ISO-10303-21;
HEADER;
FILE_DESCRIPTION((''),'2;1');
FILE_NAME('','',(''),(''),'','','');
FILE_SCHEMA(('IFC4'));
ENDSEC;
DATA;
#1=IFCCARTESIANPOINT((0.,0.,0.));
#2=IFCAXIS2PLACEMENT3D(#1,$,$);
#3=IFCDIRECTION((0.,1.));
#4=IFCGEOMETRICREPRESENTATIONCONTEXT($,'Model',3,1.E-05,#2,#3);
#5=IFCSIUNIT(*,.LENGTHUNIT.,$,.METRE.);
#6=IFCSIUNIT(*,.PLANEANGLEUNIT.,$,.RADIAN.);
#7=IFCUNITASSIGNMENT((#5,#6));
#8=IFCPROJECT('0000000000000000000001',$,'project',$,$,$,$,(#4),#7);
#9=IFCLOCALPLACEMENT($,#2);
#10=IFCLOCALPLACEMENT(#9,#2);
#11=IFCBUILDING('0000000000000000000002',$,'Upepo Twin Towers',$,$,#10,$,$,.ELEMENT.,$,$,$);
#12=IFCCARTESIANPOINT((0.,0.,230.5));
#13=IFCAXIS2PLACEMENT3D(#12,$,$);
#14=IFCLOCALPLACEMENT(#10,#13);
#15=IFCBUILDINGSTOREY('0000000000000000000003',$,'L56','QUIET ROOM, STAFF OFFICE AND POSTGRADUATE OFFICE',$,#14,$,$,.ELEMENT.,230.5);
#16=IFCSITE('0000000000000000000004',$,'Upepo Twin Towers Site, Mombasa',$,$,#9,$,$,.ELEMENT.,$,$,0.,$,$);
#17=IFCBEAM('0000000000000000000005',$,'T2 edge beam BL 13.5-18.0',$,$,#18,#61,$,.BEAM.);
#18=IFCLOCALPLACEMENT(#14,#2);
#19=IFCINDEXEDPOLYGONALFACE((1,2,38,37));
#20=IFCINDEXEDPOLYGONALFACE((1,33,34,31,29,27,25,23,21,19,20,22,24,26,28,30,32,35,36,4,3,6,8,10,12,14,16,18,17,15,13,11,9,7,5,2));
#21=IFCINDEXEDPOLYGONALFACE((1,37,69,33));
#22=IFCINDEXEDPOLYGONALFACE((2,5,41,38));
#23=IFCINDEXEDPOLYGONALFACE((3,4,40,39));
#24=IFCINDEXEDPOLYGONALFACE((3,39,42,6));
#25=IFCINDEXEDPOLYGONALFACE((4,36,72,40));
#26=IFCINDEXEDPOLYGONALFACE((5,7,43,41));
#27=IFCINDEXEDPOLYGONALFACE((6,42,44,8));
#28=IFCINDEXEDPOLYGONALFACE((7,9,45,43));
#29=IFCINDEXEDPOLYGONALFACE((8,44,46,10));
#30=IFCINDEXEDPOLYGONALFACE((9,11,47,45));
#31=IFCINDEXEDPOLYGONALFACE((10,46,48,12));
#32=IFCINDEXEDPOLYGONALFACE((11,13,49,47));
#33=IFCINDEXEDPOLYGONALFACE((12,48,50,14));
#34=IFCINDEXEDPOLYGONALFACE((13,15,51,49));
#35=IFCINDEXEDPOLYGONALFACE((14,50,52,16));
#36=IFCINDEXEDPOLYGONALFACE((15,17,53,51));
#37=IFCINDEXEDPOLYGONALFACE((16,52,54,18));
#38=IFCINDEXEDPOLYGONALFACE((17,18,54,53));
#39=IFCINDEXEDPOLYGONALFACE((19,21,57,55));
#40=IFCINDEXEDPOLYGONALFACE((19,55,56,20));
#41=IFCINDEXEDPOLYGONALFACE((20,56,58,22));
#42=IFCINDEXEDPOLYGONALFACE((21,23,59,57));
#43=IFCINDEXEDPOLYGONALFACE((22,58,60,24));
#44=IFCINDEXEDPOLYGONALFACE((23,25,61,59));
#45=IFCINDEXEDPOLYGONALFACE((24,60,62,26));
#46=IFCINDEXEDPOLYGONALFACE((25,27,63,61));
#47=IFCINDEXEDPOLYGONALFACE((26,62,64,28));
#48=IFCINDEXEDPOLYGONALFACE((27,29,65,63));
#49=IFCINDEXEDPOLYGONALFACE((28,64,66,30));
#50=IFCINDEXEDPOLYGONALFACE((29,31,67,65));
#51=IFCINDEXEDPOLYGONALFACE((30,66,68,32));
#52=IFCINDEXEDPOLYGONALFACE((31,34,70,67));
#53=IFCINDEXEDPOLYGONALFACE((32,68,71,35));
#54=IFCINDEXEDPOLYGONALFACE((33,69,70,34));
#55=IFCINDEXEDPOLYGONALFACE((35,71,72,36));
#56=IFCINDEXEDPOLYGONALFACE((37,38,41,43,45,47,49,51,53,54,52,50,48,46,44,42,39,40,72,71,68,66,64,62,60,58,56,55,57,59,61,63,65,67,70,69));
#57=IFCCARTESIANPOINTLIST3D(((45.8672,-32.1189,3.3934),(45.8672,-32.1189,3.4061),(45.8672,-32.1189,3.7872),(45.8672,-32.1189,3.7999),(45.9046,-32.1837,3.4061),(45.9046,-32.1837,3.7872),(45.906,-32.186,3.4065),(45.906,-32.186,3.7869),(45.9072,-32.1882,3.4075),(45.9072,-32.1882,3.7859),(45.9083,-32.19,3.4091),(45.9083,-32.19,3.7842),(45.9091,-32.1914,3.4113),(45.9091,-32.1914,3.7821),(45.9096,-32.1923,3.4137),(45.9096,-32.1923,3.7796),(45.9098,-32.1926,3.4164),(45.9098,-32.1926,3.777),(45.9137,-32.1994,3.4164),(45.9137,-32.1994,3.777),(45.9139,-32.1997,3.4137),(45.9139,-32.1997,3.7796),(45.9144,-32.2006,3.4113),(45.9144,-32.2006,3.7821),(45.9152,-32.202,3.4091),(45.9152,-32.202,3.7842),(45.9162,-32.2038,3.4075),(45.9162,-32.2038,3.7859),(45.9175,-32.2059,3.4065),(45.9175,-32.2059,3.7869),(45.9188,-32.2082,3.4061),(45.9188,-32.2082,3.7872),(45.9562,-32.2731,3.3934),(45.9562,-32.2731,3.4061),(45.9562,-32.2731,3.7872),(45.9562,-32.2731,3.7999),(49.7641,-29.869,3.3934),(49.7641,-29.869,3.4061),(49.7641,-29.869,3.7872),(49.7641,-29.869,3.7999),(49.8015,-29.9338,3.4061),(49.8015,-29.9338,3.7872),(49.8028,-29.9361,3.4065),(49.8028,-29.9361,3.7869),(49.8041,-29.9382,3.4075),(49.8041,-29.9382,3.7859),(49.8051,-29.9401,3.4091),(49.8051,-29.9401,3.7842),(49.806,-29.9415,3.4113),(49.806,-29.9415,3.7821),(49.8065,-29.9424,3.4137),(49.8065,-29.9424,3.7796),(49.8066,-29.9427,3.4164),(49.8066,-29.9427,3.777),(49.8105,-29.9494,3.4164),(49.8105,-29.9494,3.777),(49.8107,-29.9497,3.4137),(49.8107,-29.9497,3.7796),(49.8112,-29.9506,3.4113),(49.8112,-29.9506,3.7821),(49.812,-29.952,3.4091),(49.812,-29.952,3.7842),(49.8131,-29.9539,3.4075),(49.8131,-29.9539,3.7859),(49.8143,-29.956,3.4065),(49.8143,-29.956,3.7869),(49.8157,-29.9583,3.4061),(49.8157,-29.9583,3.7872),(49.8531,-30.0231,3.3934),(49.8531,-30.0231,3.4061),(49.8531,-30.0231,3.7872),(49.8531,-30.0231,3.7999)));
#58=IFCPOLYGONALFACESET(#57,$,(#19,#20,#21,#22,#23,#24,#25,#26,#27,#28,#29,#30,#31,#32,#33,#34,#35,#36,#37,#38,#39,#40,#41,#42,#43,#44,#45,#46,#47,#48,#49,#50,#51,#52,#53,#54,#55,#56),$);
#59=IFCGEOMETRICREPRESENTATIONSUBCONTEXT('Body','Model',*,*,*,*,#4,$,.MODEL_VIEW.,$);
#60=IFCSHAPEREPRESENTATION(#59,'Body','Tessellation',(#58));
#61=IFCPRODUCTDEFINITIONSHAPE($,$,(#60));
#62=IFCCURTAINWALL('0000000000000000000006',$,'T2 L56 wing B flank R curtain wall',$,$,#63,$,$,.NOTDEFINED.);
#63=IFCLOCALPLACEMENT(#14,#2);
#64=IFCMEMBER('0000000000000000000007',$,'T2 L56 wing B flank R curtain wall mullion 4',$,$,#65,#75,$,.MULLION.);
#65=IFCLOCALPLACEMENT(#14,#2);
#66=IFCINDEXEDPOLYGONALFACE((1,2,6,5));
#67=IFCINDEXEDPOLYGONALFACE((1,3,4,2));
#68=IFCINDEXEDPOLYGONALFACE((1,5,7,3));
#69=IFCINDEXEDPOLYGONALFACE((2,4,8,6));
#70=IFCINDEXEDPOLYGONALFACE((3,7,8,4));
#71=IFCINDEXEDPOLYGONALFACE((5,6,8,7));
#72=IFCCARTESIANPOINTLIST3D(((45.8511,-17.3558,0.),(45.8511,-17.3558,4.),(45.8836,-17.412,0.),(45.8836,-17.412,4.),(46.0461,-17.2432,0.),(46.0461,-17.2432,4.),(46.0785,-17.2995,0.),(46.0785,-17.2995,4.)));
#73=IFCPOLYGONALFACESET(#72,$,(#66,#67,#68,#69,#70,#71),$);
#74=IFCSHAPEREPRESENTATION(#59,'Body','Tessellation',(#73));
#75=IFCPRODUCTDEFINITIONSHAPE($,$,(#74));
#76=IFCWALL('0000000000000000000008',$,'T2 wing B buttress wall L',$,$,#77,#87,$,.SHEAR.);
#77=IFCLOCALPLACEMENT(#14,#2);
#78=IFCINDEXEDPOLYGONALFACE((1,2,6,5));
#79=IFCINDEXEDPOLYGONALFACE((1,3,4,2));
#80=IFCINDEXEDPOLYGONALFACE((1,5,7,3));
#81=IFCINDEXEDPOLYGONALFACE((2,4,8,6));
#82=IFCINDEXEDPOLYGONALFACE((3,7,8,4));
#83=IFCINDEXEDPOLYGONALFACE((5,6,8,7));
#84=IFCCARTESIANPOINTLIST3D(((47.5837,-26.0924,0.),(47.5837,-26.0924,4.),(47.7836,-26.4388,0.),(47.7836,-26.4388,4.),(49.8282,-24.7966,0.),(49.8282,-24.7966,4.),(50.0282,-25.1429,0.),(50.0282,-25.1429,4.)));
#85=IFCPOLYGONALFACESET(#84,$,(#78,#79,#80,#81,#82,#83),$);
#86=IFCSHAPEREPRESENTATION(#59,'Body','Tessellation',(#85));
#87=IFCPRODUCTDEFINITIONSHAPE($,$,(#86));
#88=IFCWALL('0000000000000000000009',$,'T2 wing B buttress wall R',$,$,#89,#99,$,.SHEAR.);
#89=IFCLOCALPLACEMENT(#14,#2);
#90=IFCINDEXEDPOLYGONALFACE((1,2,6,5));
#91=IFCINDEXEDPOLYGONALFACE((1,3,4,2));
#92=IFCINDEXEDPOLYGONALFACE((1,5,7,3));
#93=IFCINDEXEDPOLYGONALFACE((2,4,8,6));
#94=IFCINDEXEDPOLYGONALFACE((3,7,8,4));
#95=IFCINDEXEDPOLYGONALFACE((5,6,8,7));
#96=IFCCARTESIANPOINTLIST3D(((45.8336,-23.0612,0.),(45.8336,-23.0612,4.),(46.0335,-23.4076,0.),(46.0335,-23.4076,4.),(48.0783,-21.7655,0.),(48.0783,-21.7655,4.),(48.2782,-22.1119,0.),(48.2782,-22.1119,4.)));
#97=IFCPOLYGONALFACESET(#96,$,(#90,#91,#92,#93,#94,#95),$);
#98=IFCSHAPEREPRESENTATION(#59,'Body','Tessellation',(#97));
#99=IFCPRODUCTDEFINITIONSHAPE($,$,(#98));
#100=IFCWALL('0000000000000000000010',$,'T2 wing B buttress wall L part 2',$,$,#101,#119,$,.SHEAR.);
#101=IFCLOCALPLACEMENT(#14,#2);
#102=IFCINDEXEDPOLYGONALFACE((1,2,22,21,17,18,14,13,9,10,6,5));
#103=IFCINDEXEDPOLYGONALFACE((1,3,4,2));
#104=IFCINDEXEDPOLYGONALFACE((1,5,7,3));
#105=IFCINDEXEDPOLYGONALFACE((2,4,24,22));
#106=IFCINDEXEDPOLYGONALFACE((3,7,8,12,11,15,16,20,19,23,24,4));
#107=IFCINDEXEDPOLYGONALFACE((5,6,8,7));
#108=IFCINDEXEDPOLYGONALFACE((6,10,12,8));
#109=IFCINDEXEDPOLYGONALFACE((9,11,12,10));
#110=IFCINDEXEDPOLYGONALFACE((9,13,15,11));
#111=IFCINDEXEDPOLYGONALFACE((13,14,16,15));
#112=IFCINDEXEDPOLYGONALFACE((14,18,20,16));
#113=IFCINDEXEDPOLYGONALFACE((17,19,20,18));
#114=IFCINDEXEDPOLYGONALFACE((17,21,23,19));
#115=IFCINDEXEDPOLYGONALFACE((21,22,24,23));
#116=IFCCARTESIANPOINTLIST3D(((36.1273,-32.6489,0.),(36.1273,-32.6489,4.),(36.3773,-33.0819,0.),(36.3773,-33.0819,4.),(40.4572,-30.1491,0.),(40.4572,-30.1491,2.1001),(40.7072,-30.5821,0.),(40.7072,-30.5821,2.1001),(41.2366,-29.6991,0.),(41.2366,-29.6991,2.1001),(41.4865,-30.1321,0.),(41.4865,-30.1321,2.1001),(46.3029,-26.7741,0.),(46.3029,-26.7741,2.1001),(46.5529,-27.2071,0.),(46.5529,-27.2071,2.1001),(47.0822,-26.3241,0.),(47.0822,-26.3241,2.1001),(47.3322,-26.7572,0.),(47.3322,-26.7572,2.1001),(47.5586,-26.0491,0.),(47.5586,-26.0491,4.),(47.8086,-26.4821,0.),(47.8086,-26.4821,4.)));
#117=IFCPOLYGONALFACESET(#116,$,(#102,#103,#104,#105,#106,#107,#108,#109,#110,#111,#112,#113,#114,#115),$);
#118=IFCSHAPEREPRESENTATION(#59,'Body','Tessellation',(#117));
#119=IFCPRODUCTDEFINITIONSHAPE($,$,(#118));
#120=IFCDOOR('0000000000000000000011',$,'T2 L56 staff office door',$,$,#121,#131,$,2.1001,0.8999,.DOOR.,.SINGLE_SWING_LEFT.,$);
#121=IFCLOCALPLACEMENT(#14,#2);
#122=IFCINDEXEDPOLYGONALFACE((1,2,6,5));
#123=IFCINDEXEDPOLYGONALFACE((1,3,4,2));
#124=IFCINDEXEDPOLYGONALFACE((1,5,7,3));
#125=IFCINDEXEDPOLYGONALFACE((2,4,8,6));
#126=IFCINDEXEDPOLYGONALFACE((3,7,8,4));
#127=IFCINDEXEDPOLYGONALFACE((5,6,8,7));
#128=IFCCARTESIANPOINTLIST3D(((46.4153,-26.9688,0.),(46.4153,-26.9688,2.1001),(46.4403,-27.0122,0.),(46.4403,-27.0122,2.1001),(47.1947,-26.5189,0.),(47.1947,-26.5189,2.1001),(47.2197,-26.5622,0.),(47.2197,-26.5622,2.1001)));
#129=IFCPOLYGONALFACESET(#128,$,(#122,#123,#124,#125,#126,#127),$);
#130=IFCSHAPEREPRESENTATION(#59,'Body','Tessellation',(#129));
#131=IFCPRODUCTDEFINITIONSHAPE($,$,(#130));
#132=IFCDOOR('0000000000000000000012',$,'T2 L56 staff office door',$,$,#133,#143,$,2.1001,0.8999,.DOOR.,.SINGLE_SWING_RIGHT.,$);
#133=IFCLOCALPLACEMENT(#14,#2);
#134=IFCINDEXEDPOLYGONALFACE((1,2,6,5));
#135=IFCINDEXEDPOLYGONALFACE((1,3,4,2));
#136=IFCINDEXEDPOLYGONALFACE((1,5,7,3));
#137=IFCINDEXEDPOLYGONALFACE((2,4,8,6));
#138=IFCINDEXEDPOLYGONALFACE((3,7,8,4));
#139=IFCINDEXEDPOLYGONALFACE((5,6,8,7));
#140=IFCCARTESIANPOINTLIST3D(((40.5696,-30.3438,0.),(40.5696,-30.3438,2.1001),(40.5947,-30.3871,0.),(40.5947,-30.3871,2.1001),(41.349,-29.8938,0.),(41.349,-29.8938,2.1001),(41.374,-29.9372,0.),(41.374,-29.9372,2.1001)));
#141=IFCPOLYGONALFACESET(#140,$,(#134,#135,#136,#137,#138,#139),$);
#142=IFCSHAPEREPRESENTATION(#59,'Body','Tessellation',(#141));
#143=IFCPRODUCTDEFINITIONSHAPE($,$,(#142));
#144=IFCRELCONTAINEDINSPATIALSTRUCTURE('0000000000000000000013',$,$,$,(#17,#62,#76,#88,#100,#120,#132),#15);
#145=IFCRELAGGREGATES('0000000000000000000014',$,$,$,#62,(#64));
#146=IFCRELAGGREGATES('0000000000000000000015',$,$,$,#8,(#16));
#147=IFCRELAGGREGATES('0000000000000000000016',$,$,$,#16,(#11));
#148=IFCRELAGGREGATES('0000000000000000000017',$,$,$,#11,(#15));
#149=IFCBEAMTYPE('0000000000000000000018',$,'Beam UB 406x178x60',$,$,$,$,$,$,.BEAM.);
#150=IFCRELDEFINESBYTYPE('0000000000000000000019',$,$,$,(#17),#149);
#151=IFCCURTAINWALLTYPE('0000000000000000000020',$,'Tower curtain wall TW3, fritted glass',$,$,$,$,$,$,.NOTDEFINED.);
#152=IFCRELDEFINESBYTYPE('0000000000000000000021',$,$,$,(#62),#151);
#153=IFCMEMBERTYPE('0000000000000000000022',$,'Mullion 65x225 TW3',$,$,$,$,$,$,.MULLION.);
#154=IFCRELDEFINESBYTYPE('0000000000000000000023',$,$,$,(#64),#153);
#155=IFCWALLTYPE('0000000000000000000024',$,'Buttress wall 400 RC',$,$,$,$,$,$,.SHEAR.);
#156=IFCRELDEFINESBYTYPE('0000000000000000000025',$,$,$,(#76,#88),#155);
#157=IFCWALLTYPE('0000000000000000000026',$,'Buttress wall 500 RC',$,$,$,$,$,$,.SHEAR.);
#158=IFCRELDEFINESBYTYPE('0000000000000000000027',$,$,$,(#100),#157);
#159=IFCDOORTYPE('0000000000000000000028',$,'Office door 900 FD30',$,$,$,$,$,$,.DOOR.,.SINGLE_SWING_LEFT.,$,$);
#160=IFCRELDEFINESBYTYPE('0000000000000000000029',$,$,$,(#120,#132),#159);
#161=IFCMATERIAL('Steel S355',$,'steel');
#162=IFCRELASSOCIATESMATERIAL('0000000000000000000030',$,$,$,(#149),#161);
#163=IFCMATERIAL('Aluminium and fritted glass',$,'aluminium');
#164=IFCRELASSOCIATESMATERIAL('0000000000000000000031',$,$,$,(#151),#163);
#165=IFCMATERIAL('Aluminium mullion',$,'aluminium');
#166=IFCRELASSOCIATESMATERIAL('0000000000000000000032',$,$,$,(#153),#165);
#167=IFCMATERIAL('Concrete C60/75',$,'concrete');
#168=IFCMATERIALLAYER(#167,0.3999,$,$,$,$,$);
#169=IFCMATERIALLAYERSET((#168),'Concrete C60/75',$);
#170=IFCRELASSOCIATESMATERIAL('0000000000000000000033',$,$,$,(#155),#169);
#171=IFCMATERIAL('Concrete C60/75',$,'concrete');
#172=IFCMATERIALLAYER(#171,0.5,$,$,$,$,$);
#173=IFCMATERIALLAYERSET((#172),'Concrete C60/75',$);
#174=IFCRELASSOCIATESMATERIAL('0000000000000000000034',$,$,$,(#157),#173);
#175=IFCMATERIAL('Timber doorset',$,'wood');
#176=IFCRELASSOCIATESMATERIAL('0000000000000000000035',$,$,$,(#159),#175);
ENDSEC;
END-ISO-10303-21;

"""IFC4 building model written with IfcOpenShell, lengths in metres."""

from ifc_helpers import new_model, si_unit, direction, frame, frame_2d, origin, origin_2d, place, context, subcontext, project, spatial, rectangle, i_section, extrude, material, layer, layer_set, material_profile, profile_set, type_object, element, fill, aggregate, save


model = new_model("IFC4")

# Units and contexts
model_context = context("Model", 3, precision=1e-05, world=origin(), true_north=direction((0.0, 1.0)))
body_context = subcontext(model_context, "Body", "Model", "MODEL_VIEW")
ifc_project = project(units=[si_unit("LENGTHUNIT", "METRE"), si_unit("PLANEANGLEUNIT", "RADIAN")], contexts=[model_context])

# Site, building, storey
site_placement = place(None, origin())
site = spatial("IfcSite", under=ifc_project, at=site_placement, Name="Upepo Twin Towers Site, Mombasa", CompositionType="ELEMENT", RefElevation=0.0)
building_placement = place(site_placement, origin())
building = spatial("IfcBuilding", under=site, at=building_placement, Name="Upepo Twin Towers", CompositionType="ELEMENT")
storey_placement = place(building_placement, frame((0.0, 0.0, 230.5)))
storey = spatial("IfcBuildingStorey", under=building, at=storey_placement, Name="L56", Description="QUIET ROOM, STAFF OFFICE AND POSTGRADUATE OFFICE", CompositionType="ELEMENT", Elevation=230.5)

# Beam
ifc_material_1 = material(Name="Steel S355", Category="steel")
ifc_material_profile_1 = material_profile(ifc_material_1, i_section(OverallWidth=0.178, OverallDepth=0.4065, WebThickness=0.0078, FlangeThickness=0.0127, FilletRadius=0.0103, at=origin_2d()), Name="UB 406x178x60")
ifc_profile_set_1 = profile_set([ifc_material_profile_1], Name="Steel S355")
beam_type = type_object("IfcBeamType", Name="Beam UB 406x178x60", PredefinedType="BEAM", material=ifc_profile_set_1)
beam_placement = place(storey_placement, frame((49.8086, -29.946, 3.5967), z_axis=(-0.866018, -0.500014, 0.0), x_axis=(0.500014, -0.866018, 0.0)))
element("IfcBeam", 1, at=beam_placement, inside=storey, type_object=beam_type, Name="T2 edge beam BL 13.5-18.0", PredefinedType="BEAM", context=body_context, shape_type="SweptSolid", body=[
    extrude(i_section(OverallWidth=0.178, OverallDepth=0.4065, WebThickness=0.0078, FlangeThickness=0.0127, FilletRadius=0.0103, at=origin_2d()), origin(), (0.0, 0.0, 1.0), 4.4998),
])

# Curtain wall, member
ifc_material_2 = material(Name="Aluminium and fritted glass", Category="aluminium")
curtain_wall_type = type_object("IfcCurtainWallType", Name="Tower curtain wall TW3, fritted glass", PredefinedType="NOTDEFINED", material=ifc_material_2)
curtain_wall_placement = place(storey_placement, origin())
curtain_wall = element("IfcCurtainWall", 2, at=curtain_wall_placement, inside=storey, type_object=curtain_wall_type, Name="T2 L56 wing B flank R curtain wall", PredefinedType="NOTDEFINED")
ifc_material_3 = material(Name="Aluminium mullion", Category="aluminium")
ifc_material_profile_2 = material_profile(ifc_material_3, rectangle(XDim=0.0649, YDim=0.2251, at=origin_2d()), Name="MULLION 65x225")
ifc_profile_set_2 = profile_set([ifc_material_profile_2], Name="Aluminium mullion")
member_type = type_object("IfcMemberType", Name="Mullion 65x225 TW3", PredefinedType="MULLION", material=ifc_profile_set_2)
member_placement = place(storey_placement, frame((45.9648, -17.3276, 0.0), z_axis=(0.0, 0.0, 1.0), x_axis=(-0.5, 0.866025, 0.0)))
member = element("IfcMember", 3, at=member_placement, type_object=member_type, Name="T2 L56 wing B flank R curtain wall mullion 4", PredefinedType="MULLION", context=body_context, shape_type="SweptSolid", body=[
    extrude(rectangle(XDim=0.0649, YDim=0.2251, at=origin_2d()), origin(), (0.0, 0.0, 1.0), 4.0),
])
aggregate(curtain_wall, [member])

# Walls
ifc_material_4 = material(Name="Concrete C60/75", Category="concrete")
ifc_layer_1 = layer(ifc_material_4, 0.3999)
ifc_layer_set_1 = layer_set([ifc_layer_1], Name="Concrete C60/75")
wall_type_1 = type_object("IfcWallType", Name="Buttress wall 400 RC", PredefinedType="SHEAR", material=ifc_layer_set_1)
for number, where, z_axis, x_axis, name in (
    (4, (49.9282, -24.9697, 0.0), (0.0, 0.0, 1.0), (-0.866032, -0.499989, 0.0), "T2 wing B buttress wall L"),
    (5, (48.1782, -21.9387, 0.0), (0.0, 0.0, 1.0), (-0.866073, -0.499918, 0.0), "T2 wing B buttress wall R"),
):
    element("IfcWall", number, at=place(storey_placement, frame(where, z_axis=z_axis, x_axis=x_axis)), inside=storey, type_object=wall_type_1, Name=name, PredefinedType="SHEAR", context=body_context, shape_type="SweptSolid", body=[
        extrude(rectangle(XDim=2.5918, YDim=0.3999, at=frame_2d((1.2959, 0.0))), origin(), (0.0, 0.0, 1.0), 4.0),
    ])

# Wall, openings, doors
ifc_material_5 = material(Name="Concrete C60/75", Category="concrete")
ifc_layer_2 = layer(ifc_material_5, 0.5)
ifc_layer_set_2 = layer_set([ifc_layer_2], Name="Concrete C60/75")
wall_type_2 = type_object("IfcWallType", Name="Buttress wall 500 RC", PredefinedType="SHEAR", material=ifc_layer_set_2)
wall_1_placement = place(storey_placement, frame((47.6836, -26.2656, 0.0), z_axis=(0.0, 0.0, 1.0), x_axis=(-0.866028, -0.499996, 0.0)))
wall_1 = element("IfcWall", 6, at=wall_1_placement, inside=storey, type_object=wall_type_2, Name="T2 wing B buttress wall L part 2", PredefinedType="SHEAR", context=body_context, shape_type="SweptSolid", body=[
    extrude(rectangle(XDim=13.1997, YDim=0.5, at=frame_2d((6.5999, 0.0))), origin(), (0.0, 0.0, 1.0), 4.0),
])
opening_1_placement = place(wall_1_placement, frame((0.55, 0.0, 0.0)))
opening_1 = element("IfcOpeningElement", 7, at=opening_1_placement, cuts=wall_1, PredefinedType="OPENING", context=body_context, shape_type="SweptSolid", body=[
    extrude(rectangle(XDim=0.8999, YDim=2.1001, at=frame_2d((0.45, 1.05))), frame((0.0, 0.26, 0.0), z_axis=(0.0, -1.0, 0.0), x_axis=(1.0, 0.0, 0.0)), (0.0, 0.0, 1.0), 0.52),
])
opening_2_placement = place(wall_1_placement, frame((7.3, 0.0, 0.0)))
opening_2 = element("IfcOpeningElement", 8, at=opening_2_placement, cuts=wall_1, PredefinedType="OPENING", context=body_context, shape_type="SweptSolid", body=[
    extrude(rectangle(XDim=0.8999, YDim=2.1001, at=frame_2d((0.45, 1.05))), frame((0.0, 0.26, 0.0), z_axis=(0.0, -1.0, 0.0), x_axis=(1.0, 0.0, 0.0)), (0.0, 0.0, 1.0), 0.52),
])
ifc_material_6 = material(Name="Timber doorset", Category="wood")
door_type_1 = type_object("IfcDoorType", Name="Office door 900 FD30", OperationType="SINGLE_SWING_LEFT", PredefinedType="DOOR", material=ifc_material_6)
door_1_placement = place(opening_1_placement, origin())
door_1 = element("IfcDoor", 9, at=door_1_placement, inside=storey, type_object=door_type_1, Name="T2 L56 staff office door", OperationType="SINGLE_SWING_LEFT", OverallHeight=2.1001, OverallWidth=0.8999, PredefinedType="DOOR", context=body_context, shape_type="SweptSolid", body=[
    extrude(rectangle(XDim=0.8999, YDim=2.1001, at=frame_2d((0.45, 1.05))), frame((0.0, 0.0249, 0.0), z_axis=(0.0, -1.0, 0.0), x_axis=(1.0, 0.0, 0.0)), (0.0, 0.0, 1.0), 0.05),
])
fill(opening_1, door_1)
door_2_placement = place(opening_2_placement, origin())
door_2 = element("IfcDoor", 10, at=door_2_placement, inside=storey, type_object=door_type_1, Name="T2 L56 staff office door", OperationType="SINGLE_SWING_RIGHT", OverallHeight=2.1001, OverallWidth=0.8999, PredefinedType="DOOR", context=body_context, shape_type="SweptSolid", body=[
    extrude(rectangle(XDim=0.8999, YDim=2.1001, at=frame_2d((0.45, 1.05))), frame((0.0, 0.0249, 0.0), z_axis=(0.0, -1.0, 0.0), x_axis=(1.0, 0.0, 0.0)), (0.0, 0.0, 1.0), 0.05),
])
fill(opening_2, door_2)

save(model, "model.ifc")
